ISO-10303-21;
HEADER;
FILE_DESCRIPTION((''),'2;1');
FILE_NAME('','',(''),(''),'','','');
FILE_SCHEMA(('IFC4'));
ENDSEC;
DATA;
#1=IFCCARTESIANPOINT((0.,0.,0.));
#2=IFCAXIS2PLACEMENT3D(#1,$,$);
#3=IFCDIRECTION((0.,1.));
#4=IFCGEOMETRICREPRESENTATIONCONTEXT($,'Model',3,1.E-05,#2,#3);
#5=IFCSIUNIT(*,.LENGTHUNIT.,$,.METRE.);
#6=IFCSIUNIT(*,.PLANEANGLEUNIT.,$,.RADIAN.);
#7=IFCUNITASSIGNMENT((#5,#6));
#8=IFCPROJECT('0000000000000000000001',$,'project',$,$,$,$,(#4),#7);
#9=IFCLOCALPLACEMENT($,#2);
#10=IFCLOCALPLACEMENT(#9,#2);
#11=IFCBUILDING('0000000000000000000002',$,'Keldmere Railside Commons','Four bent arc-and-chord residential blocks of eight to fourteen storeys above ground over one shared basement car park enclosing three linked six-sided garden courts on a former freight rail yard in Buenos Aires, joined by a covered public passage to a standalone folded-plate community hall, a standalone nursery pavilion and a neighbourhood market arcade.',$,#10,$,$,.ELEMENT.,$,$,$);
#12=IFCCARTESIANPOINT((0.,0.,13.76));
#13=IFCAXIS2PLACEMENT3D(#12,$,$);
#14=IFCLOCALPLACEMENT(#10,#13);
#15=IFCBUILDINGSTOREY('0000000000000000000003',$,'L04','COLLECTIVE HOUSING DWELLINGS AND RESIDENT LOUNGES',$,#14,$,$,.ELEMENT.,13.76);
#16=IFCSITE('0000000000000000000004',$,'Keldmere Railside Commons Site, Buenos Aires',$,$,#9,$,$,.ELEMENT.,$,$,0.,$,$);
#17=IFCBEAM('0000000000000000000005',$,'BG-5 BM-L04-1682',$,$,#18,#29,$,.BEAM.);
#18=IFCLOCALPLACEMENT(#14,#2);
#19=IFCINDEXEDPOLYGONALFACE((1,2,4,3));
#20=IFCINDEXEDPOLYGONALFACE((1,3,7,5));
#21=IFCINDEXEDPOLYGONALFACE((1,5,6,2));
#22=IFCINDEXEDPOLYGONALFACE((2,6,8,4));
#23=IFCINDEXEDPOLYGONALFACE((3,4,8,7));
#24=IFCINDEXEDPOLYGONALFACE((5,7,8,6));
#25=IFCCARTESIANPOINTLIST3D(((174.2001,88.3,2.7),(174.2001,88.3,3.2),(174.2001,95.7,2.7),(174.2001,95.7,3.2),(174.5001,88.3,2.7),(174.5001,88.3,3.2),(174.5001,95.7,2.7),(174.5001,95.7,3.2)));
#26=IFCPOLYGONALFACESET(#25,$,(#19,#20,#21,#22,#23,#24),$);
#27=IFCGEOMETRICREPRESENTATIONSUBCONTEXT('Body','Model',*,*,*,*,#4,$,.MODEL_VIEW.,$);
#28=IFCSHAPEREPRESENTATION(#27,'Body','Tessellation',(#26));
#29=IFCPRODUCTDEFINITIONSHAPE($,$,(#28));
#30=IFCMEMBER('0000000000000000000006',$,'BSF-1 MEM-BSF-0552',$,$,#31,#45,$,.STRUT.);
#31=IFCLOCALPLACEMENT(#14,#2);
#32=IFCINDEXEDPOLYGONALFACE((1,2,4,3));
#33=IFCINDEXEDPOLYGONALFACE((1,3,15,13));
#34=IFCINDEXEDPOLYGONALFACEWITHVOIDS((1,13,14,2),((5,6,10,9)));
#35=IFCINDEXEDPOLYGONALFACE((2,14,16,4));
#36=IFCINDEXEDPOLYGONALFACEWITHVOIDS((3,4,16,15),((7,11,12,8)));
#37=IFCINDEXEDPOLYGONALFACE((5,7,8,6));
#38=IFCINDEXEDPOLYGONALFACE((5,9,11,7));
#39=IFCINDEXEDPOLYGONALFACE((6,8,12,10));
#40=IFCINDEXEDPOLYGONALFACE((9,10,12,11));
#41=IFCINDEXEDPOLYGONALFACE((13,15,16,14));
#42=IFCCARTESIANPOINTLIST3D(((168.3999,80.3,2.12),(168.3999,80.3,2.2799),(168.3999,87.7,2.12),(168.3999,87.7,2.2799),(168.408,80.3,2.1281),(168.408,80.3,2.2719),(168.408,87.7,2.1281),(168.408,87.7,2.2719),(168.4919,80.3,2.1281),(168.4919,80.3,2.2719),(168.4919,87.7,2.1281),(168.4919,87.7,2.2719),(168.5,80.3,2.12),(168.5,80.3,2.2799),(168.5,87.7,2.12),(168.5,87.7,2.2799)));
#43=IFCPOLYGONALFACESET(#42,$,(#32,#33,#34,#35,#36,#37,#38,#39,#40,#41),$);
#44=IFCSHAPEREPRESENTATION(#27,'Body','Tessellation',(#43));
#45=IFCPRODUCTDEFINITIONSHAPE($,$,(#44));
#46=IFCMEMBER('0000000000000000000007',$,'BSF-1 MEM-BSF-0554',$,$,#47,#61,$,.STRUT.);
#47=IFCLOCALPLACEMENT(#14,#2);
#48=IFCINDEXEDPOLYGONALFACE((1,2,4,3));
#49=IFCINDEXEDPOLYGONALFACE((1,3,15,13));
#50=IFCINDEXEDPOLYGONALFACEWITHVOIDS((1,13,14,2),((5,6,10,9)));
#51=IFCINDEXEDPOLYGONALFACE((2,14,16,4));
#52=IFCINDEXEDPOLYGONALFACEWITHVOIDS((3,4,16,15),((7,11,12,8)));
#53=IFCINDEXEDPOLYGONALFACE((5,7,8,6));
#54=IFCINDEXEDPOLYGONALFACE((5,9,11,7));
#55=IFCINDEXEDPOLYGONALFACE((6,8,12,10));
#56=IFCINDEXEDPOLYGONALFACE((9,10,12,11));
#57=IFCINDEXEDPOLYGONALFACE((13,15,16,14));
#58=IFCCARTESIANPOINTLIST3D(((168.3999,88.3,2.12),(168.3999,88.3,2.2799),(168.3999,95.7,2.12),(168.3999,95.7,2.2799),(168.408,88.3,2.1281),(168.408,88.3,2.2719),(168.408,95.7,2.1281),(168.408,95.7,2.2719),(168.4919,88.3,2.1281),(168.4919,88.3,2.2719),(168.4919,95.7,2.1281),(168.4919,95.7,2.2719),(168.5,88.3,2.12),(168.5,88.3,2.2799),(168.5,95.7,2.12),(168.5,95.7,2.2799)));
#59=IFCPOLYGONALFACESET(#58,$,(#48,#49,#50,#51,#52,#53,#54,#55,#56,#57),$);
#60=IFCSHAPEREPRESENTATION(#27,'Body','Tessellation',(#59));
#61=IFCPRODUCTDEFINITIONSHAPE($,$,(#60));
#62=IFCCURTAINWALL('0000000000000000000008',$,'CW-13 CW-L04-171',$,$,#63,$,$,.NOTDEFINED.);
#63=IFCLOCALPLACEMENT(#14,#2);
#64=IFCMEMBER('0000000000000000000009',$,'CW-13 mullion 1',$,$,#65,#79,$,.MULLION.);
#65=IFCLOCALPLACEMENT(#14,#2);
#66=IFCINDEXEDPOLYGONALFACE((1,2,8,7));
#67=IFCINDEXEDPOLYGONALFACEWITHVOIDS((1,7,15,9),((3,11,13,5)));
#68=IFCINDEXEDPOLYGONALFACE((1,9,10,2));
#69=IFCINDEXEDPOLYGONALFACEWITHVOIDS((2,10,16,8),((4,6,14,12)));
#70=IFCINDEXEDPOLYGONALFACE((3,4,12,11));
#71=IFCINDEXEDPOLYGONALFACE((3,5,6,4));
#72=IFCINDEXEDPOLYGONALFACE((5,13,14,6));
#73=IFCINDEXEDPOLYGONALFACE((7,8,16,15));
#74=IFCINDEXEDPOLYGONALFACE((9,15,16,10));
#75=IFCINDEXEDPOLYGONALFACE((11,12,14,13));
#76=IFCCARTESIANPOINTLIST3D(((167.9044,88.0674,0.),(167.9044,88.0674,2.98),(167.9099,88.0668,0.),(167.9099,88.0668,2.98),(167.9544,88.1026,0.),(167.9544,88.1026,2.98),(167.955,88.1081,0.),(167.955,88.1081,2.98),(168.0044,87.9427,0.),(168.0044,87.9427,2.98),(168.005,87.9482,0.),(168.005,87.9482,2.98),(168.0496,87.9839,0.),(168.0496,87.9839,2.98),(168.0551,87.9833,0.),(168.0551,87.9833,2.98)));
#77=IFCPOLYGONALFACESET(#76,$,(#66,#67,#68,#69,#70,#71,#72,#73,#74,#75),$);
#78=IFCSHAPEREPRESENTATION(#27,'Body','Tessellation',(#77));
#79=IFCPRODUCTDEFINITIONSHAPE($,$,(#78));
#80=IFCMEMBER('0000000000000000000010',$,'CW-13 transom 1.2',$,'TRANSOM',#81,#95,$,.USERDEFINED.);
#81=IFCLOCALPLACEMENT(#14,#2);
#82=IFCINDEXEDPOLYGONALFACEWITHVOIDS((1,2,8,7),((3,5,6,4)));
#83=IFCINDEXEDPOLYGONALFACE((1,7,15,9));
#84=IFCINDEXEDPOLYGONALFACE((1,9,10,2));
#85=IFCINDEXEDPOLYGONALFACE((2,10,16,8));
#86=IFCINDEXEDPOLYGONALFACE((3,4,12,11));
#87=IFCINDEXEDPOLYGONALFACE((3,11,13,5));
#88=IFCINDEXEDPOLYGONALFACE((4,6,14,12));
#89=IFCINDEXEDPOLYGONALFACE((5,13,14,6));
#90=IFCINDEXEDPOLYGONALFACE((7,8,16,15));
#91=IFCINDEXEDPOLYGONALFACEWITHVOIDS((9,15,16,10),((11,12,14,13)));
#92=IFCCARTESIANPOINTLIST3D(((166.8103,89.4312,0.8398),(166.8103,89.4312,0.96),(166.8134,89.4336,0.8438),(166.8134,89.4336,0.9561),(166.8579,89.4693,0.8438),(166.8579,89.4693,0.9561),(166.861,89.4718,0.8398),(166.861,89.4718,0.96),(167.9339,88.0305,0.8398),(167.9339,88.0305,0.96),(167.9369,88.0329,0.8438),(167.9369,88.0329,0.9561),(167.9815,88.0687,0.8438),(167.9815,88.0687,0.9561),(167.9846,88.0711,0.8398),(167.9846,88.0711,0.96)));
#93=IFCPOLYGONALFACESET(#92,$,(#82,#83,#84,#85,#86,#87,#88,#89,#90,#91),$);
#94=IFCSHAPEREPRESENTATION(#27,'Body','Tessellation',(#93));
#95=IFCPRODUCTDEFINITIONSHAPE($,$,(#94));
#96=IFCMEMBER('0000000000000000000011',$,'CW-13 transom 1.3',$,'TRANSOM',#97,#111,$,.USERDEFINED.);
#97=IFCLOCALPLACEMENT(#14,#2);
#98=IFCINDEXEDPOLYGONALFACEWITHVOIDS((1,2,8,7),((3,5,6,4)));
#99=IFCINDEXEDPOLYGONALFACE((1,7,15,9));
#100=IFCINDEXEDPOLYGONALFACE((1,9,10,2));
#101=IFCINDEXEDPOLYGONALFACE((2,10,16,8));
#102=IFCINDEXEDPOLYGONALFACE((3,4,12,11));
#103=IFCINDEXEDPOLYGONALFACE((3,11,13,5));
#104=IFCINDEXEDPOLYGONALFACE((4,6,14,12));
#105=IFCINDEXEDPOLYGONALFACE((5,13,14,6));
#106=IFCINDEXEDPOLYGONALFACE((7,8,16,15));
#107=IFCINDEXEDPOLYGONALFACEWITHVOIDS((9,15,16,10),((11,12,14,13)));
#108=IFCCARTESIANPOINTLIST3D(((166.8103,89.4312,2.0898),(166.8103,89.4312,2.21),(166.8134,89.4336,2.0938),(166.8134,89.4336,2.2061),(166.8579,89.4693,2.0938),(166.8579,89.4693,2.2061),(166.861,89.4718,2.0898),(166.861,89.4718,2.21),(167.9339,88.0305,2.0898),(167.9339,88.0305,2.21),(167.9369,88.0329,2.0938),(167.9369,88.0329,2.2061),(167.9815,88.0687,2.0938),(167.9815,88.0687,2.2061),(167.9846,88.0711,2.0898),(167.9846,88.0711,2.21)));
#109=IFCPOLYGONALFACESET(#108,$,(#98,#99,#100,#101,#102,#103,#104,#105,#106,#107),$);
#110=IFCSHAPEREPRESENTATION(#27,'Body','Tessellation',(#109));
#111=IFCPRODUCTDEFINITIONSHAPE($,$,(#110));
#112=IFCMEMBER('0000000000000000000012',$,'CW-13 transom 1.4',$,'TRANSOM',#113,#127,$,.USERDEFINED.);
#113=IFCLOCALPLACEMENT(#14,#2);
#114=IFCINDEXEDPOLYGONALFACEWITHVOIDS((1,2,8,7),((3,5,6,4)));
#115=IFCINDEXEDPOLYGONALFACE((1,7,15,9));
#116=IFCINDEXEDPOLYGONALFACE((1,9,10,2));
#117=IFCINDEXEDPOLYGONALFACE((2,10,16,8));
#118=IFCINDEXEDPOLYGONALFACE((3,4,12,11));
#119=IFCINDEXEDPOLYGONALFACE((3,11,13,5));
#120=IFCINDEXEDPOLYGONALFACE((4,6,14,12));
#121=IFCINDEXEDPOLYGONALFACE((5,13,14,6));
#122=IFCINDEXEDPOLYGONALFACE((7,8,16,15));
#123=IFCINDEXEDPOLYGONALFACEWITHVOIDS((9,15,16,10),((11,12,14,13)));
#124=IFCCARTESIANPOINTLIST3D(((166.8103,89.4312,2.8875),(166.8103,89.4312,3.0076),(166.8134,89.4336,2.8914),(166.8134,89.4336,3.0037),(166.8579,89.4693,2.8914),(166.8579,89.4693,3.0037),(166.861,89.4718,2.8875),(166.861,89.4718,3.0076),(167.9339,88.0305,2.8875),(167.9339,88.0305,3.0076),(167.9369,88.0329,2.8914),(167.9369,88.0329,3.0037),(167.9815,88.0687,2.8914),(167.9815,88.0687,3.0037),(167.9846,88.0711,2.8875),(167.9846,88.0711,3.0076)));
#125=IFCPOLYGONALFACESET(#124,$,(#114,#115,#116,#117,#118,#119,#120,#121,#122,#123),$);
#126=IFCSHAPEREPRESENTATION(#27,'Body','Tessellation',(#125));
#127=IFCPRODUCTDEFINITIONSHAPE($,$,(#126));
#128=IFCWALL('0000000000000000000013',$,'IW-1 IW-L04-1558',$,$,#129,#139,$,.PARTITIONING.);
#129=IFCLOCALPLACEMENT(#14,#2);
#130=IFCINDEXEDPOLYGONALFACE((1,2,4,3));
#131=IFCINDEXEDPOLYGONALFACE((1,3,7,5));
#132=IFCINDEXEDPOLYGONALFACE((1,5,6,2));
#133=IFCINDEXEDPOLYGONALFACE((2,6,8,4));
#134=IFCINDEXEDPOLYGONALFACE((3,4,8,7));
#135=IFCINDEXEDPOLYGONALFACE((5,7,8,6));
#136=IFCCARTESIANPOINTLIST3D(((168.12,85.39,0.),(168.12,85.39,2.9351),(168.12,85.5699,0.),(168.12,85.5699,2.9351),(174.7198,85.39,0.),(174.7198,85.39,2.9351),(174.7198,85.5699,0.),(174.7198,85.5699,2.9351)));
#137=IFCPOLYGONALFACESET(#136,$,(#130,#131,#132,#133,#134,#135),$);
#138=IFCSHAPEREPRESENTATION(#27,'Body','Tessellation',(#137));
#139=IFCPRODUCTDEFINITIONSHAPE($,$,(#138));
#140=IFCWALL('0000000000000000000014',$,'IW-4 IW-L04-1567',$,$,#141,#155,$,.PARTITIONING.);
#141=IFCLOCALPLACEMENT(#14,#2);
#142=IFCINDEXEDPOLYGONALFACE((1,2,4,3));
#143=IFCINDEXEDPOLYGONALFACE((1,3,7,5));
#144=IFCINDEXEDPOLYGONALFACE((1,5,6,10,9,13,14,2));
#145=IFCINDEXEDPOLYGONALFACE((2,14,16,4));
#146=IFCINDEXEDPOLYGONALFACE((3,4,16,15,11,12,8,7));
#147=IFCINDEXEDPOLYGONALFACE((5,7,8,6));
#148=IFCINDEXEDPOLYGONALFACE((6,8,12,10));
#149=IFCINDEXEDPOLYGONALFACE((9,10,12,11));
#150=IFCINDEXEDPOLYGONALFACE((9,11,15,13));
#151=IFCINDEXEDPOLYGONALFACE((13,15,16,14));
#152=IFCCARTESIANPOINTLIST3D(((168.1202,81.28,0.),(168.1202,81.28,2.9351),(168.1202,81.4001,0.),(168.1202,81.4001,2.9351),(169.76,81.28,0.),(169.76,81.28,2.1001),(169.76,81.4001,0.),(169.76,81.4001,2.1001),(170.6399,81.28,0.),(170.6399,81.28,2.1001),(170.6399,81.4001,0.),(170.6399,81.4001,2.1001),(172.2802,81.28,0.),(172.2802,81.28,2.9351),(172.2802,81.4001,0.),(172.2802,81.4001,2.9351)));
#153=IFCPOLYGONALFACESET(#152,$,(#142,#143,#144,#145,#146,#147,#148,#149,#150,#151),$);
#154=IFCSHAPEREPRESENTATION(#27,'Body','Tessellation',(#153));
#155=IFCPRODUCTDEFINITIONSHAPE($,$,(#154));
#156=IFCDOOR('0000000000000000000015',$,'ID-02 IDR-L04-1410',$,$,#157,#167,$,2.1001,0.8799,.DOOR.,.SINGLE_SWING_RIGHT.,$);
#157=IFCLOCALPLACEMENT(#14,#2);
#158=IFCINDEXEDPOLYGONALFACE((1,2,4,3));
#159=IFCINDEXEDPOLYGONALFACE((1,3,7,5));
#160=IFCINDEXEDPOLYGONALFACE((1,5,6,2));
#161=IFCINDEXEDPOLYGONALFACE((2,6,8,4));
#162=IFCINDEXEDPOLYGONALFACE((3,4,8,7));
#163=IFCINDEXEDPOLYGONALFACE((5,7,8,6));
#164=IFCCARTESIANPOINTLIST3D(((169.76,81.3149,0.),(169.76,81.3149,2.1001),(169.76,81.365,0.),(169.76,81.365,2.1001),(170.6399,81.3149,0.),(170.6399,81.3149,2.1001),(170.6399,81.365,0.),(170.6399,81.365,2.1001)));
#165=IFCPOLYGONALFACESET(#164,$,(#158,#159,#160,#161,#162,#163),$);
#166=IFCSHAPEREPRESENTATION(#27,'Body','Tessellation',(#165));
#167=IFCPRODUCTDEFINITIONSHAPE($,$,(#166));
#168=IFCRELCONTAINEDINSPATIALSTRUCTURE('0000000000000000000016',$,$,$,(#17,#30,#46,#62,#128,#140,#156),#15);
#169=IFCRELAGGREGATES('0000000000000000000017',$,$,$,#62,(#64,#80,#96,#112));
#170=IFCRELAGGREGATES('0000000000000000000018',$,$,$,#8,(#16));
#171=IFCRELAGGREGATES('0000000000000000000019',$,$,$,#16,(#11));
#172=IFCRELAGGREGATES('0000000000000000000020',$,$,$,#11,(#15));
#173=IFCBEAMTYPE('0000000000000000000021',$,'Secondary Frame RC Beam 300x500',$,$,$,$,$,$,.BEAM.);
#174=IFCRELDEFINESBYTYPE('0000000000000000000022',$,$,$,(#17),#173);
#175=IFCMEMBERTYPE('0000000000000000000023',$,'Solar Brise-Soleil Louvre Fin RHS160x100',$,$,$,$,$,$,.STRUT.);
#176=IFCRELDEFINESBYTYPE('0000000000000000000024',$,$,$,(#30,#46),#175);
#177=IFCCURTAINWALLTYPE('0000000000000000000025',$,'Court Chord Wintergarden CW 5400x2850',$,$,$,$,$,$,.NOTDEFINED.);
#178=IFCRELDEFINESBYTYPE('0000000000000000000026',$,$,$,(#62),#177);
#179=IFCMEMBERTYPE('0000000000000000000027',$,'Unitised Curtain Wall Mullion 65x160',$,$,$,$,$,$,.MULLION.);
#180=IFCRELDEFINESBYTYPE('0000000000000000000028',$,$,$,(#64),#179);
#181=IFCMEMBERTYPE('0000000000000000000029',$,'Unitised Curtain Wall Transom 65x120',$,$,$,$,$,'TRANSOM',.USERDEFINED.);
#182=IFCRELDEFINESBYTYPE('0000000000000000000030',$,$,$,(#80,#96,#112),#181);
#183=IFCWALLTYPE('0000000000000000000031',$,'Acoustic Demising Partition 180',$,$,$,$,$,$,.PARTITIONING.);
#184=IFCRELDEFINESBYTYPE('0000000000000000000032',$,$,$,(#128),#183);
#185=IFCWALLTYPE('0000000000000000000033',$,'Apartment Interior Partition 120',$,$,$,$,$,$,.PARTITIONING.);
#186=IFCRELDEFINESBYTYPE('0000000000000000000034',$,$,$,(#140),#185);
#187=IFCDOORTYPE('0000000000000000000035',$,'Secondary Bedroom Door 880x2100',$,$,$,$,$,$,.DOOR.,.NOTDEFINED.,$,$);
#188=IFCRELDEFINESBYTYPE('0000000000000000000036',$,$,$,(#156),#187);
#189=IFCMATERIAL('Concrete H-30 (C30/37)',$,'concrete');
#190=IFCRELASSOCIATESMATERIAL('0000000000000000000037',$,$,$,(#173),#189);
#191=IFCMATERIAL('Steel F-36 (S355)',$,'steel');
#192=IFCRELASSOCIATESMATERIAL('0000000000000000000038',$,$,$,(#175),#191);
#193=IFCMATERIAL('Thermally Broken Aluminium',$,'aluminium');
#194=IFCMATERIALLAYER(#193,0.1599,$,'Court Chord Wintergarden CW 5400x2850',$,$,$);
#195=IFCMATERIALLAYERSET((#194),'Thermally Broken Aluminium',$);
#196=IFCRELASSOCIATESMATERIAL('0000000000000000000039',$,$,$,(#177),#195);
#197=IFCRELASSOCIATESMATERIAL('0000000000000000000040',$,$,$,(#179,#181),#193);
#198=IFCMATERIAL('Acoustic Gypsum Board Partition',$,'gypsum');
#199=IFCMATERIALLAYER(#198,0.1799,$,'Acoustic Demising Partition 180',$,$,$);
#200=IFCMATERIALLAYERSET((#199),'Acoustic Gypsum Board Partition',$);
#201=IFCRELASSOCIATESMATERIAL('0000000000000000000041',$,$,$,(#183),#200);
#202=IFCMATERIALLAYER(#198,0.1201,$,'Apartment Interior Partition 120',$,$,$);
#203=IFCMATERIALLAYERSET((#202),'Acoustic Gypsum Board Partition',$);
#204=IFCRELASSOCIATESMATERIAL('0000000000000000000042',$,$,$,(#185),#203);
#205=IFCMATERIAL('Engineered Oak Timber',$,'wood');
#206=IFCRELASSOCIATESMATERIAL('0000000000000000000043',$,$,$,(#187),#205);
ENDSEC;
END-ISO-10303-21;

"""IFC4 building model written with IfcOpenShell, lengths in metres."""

from ifc_helpers import new_model, si_unit, direction, frame, frame_2d, origin, origin_2d, place, context, subcontext, project, spatial, rectangle, hollow_rectangle, extrude, material, layer, layer_set, material_profile, profile_set, type_object, element, fill, aggregate, save


model = new_model("IFC4")

# Units and contexts
model_context = context("Model", 3, precision=1e-05, world=origin(), true_north=direction((0.0, 1.0)))
body_context = subcontext(model_context, "Body", "Model", "MODEL_VIEW")
ifc_project = project(units=[si_unit("LENGTHUNIT", "METRE"), si_unit("PLANEANGLEUNIT", "RADIAN")], contexts=[model_context])

# Site, building, storey
site_placement = place(None, origin())
site = spatial("IfcSite", under=ifc_project, at=site_placement, Name="Keldmere Railside Commons Site, Buenos Aires", CompositionType="ELEMENT", RefElevation=0.0)
building_placement = place(site_placement, origin())
building = spatial("IfcBuilding", under=site, at=building_placement, Name="Keldmere Railside Commons", Description="Four bent arc-and-chord residential blocks of eight to fourteen storeys above ground over one shared basement car park enclosing three linked six-sided garden courts on a former freight rail yard in Buenos Aires, joined by a covered public passage to a standalone folded-plate community hall, a standalone nursery pavilion and a neighbourhood market arcade.", CompositionType="ELEMENT")
storey_placement = place(building_placement, frame((0.0, 0.0, 13.76)))
storey = spatial("IfcBuildingStorey", under=building, at=storey_placement, Name="L04", Description="COLLECTIVE HOUSING DWELLINGS AND RESIDENT LOUNGES", CompositionType="ELEMENT", Elevation=13.76)

# Shared definitions
ifc_material_1 = material(Name="Steel F-36 (S355)", Category="steel")

# Beam
ifc_material_2 = material(Name="Concrete H-30 (C30/37)", Category="concrete")
ifc_material_profile_1 = material_profile(ifc_material_2, rectangle(XDim=0.3, YDim=0.5, at=origin_2d()), Name="RC-300x500")
ifc_profile_set_1 = profile_set([ifc_material_profile_1], Name="Concrete H-30 (C30/37)")
beam_type_1 = type_object("IfcBeamType", Name="Secondary Frame RC Beam 300x500", PredefinedType="BEAM", material=ifc_profile_set_1)
for number, where, z_axis, x_axis, name in (
    (1, (174.3501, 88.3, 2.95), (0.0, 1.0, 0.0), (-1.0, 0.0, 0.0), "BG-5 BM-L04-1682"),
):
    element("IfcBeam", number, at=place(storey_placement, frame(where, z_axis=z_axis, x_axis=x_axis)), inside=storey, type_object=beam_type_1, Name=name, PredefinedType="BEAM", context=body_context, shape_type="SweptSolid", body=[
        extrude(rectangle(XDim=0.3, YDim=0.5, at=origin_2d()), origin(), (0.0, 0.0, 1.0), 7.3999),
    ])

# Members
ifc_material_profile_2 = material_profile(ifc_material_1, hollow_rectangle(XDim=0.1001, YDim=0.1599, WallThickness=0.0081, at=origin_2d()), Name="RHS-160x100x8")
ifc_profile_set_2 = profile_set([ifc_material_profile_2], Name="Steel F-36 (S355)")
member_type_1 = type_object("IfcMemberType", Name="Solar Brise-Soleil Louvre Fin RHS160x100", PredefinedType="STRUT", material=ifc_profile_set_2)
for number, where, z_axis, x_axis, name in (
    (2, (168.45, 80.3, 2.2), (0.0, 1.0, 0.0), (-1.0, 0.0, 0.0), "BSF-1 MEM-BSF-0552"),
    (3, (168.45, 88.3, 2.2), (0.0, 1.0, 0.0), (-1.0, 0.0, 0.0), "BSF-1 MEM-BSF-0554"),
):
    element("IfcMember", number, at=place(storey_placement, frame(where, z_axis=z_axis, x_axis=x_axis)), inside=storey, type_object=member_type_1, Name=name, PredefinedType="STRUT", context=body_context, shape_type="SweptSolid", body=[
        extrude(hollow_rectangle(XDim=0.1001, YDim=0.1599, WallThickness=0.0081, at=origin_2d()), origin(), (0.0, 0.0, 1.0), 7.3999),
    ])

# Curtain wall, members
ifc_material_3 = material(Name="Thermally Broken Aluminium", Category="aluminium")
ifc_layer_1 = layer(ifc_material_3, 0.1599, Name="Court Chord Wintergarden CW 5400x2850")
ifc_layer_set_1 = layer_set([ifc_layer_1], Name="Thermally Broken Aluminium")
curtain_wall_type = type_object("IfcCurtainWallType", Name="Court Chord Wintergarden CW 5400x2850", PredefinedType="NOTDEFINED", material=ifc_layer_set_1)
curtain_wall_placement = place(storey_placement, origin())
curtain_wall = element("IfcCurtainWall", 4, at=curtain_wall_placement, inside=storey, type_object=curtain_wall_type, Name="CW-13 CW-L04-171", PredefinedType="NOTDEFINED")
ifc_material_profile_3 = material_profile(ifc_material_3, hollow_rectangle(XDim=0.0649, YDim=0.1599, WallThickness=0.0039, at=origin_2d()), Name="ALU-MULL-65x160")
ifc_profile_set_3 = profile_set([ifc_material_profile_3], Name="Thermally Broken Aluminium")
member_type_2 = type_object("IfcMemberType", Name="Unitised Curtain Wall Mullion 65x160", PredefinedType="MULLION", material=ifc_profile_set_3)
member_1_placement = place(storey_placement, frame((167.9797, 88.0254, 0.0), z_axis=(0.0, 0.0, 1.0), x_axis=(-0.780009, -0.625768, 0.0)))
member_1 = element("IfcMember", 5, at=member_1_placement, type_object=member_type_2, Name="CW-13 mullion 1", PredefinedType="MULLION", context=body_context, shape_type="SweptSolid", body=[
    extrude(hollow_rectangle(XDim=0.0649, YDim=0.1599, WallThickness=0.0039, at=origin_2d()), origin(), (0.0, 0.0, 1.0), 2.98),
])
ifc_material_profile_4 = material_profile(ifc_material_3, hollow_rectangle(XDim=0.0649, YDim=0.1201, WallThickness=0.0039, at=origin_2d()), Name="ALU-TRAN-65x120")
ifc_profile_set_4 = profile_set([ifc_material_profile_4], Name="Thermally Broken Aluminium")
member_type_3 = type_object("IfcMemberType", Name="Unitised Curtain Wall Transom 65x120", ElementType="TRANSOM", PredefinedType="USERDEFINED", material=ifc_profile_set_4)
member_2_placement = place(storey_placement, frame((167.9592, 88.0508, 0.8999), z_axis=(-0.625723, 0.780046, 0.0), x_axis=(-0.780046, -0.625723, 0.0)))
member_2 = element("IfcMember", 6, at=member_2_placement, type_object=member_type_3, Name="CW-13 transom 1.2", ObjectType="TRANSOM", PredefinedType="USERDEFINED", context=body_context, shape_type="SweptSolid", body=[
    extrude(hollow_rectangle(XDim=0.0649, YDim=0.1201, WallThickness=0.0039, at=origin_2d()), origin(), (0.0, 0.0, 1.0), 1.7957),
])
member_3_placement = place(storey_placement, frame((167.9592, 88.0508, 2.1499), z_axis=(-0.625723, 0.780046, 0.0), x_axis=(-0.780046, -0.625723, 0.0)))
member_3 = element("IfcMember", 7, at=member_3_placement, type_object=member_type_3, Name="CW-13 transom 1.3", ObjectType="TRANSOM", PredefinedType="USERDEFINED", context=body_context, shape_type="SweptSolid", body=[
    extrude(hollow_rectangle(XDim=0.0649, YDim=0.1201, WallThickness=0.0039, at=origin_2d()), origin(), (0.0, 0.0, 1.0), 1.7957),
])
member_4_placement = place(storey_placement, frame((167.9592, 88.0508, 2.9475), z_axis=(-0.625723, 0.780046, 0.0), x_axis=(-0.780046, -0.625723, 0.0)))
member_4 = element("IfcMember", 8, at=member_4_placement, type_object=member_type_3, Name="CW-13 transom 1.4", ObjectType="TRANSOM", PredefinedType="USERDEFINED", context=body_context, shape_type="SweptSolid", body=[
    extrude(hollow_rectangle(XDim=0.0649, YDim=0.1201, WallThickness=0.0039, at=origin_2d()), origin(), (0.0, 0.0, 1.0), 1.7957),
])
aggregate(curtain_wall, [member_1, member_2, member_3, member_4])

# Wall
ifc_material_4 = material(Name="Acoustic Gypsum Board Partition", Category="gypsum")
ifc_layer_2 = layer(ifc_material_4, 0.1799, Name="Acoustic Demising Partition 180")
ifc_layer_set_2 = layer_set([ifc_layer_2], Name="Acoustic Gypsum Board Partition")
wall_type_1 = type_object("IfcWallType", Name="Acoustic Demising Partition 180", PredefinedType="PARTITIONING", material=ifc_layer_set_2)
wall_1_placement = place(storey_placement, frame((168.1201, 85.48, 0.0), z_axis=(0.0, 0.0, 1.0), x_axis=(1.0, 0.0, 0.0)))
element("IfcWall", 9, at=wall_1_placement, inside=storey, type_object=wall_type_1, Name="IW-1 IW-L04-1558", PredefinedType="PARTITIONING", context=body_context, shape_type="SweptSolid", body=[
    extrude(rectangle(XDim=6.5999, YDim=0.1799, at=frame_2d((3.2998, 0.0))), origin(), (0.0, 0.0, 1.0), 2.9351),
])

# Wall, opening, door
ifc_layer_3 = layer(ifc_material_4, 0.1201, Name="Apartment Interior Partition 120")
ifc_layer_set_3 = layer_set([ifc_layer_3], Name="Acoustic Gypsum Board Partition")
wall_type_2 = type_object("IfcWallType", Name="Apartment Interior Partition 120", PredefinedType="PARTITIONING", material=ifc_layer_set_3)
wall_2_placement = place(storey_placement, frame((168.1201, 81.3401, 0.0), z_axis=(0.0, 0.0, 1.0), x_axis=(1.0, 0.0, 0.0)))
wall_2 = element("IfcWall", 10, at=wall_2_placement, inside=storey, type_object=wall_type_2, Name="IW-4 IW-L04-1567", PredefinedType="PARTITIONING", context=body_context, shape_type="SweptSolid", body=[
    extrude(rectangle(XDim=4.1599, YDim=0.1201, at=frame_2d((2.0801, 0.0))), origin(), (0.0, 0.0, 1.0), 2.9351),
])
opening_1_placement = place(wall_2_placement, frame((1.6399, 0.0, 0.0)))
opening_1 = element("IfcOpeningElement", 11, at=opening_1_placement, cuts=wall_2, PredefinedType="OPENING", context=body_context, shape_type="SweptSolid", body=[
    extrude(rectangle(XDim=0.8799, YDim=2.1001, at=frame_2d((0.4399, 1.05))), frame((0.0, 0.0701, 0.0), z_axis=(0.0, -1.0, 0.0), x_axis=(1.0, 0.0, 0.0)), (0.0, 0.0, 1.0), 0.1401),
])
ifc_material_5 = material(Name="Engineered Oak Timber", Category="wood")
door_type_1 = type_object("IfcDoorType", Name="Secondary Bedroom Door 880x2100", OperationType="NOTDEFINED", PredefinedType="DOOR", material=ifc_material_5)
door_1_placement = place(opening_1_placement, origin())
door_1 = element("IfcDoor", 12, at=door_1_placement, inside=storey, type_object=door_type_1, Name="ID-02 IDR-L04-1410", OperationType="SINGLE_SWING_RIGHT", OverallHeight=2.1001, OverallWidth=0.8799, PredefinedType="DOOR", context=body_context, shape_type="SweptSolid", body=[
    extrude(rectangle(XDim=0.8799, YDim=2.1001, at=frame_2d((0.4399, 1.05))), frame((0.0, 0.0249, 0.0), z_axis=(0.0, -1.0, 0.0), x_axis=(1.0, 0.0, 0.0)), (0.0, 0.0, 1.0), 0.05),
])
fill(opening_1, door_1)

save(model, "model.ifc")
